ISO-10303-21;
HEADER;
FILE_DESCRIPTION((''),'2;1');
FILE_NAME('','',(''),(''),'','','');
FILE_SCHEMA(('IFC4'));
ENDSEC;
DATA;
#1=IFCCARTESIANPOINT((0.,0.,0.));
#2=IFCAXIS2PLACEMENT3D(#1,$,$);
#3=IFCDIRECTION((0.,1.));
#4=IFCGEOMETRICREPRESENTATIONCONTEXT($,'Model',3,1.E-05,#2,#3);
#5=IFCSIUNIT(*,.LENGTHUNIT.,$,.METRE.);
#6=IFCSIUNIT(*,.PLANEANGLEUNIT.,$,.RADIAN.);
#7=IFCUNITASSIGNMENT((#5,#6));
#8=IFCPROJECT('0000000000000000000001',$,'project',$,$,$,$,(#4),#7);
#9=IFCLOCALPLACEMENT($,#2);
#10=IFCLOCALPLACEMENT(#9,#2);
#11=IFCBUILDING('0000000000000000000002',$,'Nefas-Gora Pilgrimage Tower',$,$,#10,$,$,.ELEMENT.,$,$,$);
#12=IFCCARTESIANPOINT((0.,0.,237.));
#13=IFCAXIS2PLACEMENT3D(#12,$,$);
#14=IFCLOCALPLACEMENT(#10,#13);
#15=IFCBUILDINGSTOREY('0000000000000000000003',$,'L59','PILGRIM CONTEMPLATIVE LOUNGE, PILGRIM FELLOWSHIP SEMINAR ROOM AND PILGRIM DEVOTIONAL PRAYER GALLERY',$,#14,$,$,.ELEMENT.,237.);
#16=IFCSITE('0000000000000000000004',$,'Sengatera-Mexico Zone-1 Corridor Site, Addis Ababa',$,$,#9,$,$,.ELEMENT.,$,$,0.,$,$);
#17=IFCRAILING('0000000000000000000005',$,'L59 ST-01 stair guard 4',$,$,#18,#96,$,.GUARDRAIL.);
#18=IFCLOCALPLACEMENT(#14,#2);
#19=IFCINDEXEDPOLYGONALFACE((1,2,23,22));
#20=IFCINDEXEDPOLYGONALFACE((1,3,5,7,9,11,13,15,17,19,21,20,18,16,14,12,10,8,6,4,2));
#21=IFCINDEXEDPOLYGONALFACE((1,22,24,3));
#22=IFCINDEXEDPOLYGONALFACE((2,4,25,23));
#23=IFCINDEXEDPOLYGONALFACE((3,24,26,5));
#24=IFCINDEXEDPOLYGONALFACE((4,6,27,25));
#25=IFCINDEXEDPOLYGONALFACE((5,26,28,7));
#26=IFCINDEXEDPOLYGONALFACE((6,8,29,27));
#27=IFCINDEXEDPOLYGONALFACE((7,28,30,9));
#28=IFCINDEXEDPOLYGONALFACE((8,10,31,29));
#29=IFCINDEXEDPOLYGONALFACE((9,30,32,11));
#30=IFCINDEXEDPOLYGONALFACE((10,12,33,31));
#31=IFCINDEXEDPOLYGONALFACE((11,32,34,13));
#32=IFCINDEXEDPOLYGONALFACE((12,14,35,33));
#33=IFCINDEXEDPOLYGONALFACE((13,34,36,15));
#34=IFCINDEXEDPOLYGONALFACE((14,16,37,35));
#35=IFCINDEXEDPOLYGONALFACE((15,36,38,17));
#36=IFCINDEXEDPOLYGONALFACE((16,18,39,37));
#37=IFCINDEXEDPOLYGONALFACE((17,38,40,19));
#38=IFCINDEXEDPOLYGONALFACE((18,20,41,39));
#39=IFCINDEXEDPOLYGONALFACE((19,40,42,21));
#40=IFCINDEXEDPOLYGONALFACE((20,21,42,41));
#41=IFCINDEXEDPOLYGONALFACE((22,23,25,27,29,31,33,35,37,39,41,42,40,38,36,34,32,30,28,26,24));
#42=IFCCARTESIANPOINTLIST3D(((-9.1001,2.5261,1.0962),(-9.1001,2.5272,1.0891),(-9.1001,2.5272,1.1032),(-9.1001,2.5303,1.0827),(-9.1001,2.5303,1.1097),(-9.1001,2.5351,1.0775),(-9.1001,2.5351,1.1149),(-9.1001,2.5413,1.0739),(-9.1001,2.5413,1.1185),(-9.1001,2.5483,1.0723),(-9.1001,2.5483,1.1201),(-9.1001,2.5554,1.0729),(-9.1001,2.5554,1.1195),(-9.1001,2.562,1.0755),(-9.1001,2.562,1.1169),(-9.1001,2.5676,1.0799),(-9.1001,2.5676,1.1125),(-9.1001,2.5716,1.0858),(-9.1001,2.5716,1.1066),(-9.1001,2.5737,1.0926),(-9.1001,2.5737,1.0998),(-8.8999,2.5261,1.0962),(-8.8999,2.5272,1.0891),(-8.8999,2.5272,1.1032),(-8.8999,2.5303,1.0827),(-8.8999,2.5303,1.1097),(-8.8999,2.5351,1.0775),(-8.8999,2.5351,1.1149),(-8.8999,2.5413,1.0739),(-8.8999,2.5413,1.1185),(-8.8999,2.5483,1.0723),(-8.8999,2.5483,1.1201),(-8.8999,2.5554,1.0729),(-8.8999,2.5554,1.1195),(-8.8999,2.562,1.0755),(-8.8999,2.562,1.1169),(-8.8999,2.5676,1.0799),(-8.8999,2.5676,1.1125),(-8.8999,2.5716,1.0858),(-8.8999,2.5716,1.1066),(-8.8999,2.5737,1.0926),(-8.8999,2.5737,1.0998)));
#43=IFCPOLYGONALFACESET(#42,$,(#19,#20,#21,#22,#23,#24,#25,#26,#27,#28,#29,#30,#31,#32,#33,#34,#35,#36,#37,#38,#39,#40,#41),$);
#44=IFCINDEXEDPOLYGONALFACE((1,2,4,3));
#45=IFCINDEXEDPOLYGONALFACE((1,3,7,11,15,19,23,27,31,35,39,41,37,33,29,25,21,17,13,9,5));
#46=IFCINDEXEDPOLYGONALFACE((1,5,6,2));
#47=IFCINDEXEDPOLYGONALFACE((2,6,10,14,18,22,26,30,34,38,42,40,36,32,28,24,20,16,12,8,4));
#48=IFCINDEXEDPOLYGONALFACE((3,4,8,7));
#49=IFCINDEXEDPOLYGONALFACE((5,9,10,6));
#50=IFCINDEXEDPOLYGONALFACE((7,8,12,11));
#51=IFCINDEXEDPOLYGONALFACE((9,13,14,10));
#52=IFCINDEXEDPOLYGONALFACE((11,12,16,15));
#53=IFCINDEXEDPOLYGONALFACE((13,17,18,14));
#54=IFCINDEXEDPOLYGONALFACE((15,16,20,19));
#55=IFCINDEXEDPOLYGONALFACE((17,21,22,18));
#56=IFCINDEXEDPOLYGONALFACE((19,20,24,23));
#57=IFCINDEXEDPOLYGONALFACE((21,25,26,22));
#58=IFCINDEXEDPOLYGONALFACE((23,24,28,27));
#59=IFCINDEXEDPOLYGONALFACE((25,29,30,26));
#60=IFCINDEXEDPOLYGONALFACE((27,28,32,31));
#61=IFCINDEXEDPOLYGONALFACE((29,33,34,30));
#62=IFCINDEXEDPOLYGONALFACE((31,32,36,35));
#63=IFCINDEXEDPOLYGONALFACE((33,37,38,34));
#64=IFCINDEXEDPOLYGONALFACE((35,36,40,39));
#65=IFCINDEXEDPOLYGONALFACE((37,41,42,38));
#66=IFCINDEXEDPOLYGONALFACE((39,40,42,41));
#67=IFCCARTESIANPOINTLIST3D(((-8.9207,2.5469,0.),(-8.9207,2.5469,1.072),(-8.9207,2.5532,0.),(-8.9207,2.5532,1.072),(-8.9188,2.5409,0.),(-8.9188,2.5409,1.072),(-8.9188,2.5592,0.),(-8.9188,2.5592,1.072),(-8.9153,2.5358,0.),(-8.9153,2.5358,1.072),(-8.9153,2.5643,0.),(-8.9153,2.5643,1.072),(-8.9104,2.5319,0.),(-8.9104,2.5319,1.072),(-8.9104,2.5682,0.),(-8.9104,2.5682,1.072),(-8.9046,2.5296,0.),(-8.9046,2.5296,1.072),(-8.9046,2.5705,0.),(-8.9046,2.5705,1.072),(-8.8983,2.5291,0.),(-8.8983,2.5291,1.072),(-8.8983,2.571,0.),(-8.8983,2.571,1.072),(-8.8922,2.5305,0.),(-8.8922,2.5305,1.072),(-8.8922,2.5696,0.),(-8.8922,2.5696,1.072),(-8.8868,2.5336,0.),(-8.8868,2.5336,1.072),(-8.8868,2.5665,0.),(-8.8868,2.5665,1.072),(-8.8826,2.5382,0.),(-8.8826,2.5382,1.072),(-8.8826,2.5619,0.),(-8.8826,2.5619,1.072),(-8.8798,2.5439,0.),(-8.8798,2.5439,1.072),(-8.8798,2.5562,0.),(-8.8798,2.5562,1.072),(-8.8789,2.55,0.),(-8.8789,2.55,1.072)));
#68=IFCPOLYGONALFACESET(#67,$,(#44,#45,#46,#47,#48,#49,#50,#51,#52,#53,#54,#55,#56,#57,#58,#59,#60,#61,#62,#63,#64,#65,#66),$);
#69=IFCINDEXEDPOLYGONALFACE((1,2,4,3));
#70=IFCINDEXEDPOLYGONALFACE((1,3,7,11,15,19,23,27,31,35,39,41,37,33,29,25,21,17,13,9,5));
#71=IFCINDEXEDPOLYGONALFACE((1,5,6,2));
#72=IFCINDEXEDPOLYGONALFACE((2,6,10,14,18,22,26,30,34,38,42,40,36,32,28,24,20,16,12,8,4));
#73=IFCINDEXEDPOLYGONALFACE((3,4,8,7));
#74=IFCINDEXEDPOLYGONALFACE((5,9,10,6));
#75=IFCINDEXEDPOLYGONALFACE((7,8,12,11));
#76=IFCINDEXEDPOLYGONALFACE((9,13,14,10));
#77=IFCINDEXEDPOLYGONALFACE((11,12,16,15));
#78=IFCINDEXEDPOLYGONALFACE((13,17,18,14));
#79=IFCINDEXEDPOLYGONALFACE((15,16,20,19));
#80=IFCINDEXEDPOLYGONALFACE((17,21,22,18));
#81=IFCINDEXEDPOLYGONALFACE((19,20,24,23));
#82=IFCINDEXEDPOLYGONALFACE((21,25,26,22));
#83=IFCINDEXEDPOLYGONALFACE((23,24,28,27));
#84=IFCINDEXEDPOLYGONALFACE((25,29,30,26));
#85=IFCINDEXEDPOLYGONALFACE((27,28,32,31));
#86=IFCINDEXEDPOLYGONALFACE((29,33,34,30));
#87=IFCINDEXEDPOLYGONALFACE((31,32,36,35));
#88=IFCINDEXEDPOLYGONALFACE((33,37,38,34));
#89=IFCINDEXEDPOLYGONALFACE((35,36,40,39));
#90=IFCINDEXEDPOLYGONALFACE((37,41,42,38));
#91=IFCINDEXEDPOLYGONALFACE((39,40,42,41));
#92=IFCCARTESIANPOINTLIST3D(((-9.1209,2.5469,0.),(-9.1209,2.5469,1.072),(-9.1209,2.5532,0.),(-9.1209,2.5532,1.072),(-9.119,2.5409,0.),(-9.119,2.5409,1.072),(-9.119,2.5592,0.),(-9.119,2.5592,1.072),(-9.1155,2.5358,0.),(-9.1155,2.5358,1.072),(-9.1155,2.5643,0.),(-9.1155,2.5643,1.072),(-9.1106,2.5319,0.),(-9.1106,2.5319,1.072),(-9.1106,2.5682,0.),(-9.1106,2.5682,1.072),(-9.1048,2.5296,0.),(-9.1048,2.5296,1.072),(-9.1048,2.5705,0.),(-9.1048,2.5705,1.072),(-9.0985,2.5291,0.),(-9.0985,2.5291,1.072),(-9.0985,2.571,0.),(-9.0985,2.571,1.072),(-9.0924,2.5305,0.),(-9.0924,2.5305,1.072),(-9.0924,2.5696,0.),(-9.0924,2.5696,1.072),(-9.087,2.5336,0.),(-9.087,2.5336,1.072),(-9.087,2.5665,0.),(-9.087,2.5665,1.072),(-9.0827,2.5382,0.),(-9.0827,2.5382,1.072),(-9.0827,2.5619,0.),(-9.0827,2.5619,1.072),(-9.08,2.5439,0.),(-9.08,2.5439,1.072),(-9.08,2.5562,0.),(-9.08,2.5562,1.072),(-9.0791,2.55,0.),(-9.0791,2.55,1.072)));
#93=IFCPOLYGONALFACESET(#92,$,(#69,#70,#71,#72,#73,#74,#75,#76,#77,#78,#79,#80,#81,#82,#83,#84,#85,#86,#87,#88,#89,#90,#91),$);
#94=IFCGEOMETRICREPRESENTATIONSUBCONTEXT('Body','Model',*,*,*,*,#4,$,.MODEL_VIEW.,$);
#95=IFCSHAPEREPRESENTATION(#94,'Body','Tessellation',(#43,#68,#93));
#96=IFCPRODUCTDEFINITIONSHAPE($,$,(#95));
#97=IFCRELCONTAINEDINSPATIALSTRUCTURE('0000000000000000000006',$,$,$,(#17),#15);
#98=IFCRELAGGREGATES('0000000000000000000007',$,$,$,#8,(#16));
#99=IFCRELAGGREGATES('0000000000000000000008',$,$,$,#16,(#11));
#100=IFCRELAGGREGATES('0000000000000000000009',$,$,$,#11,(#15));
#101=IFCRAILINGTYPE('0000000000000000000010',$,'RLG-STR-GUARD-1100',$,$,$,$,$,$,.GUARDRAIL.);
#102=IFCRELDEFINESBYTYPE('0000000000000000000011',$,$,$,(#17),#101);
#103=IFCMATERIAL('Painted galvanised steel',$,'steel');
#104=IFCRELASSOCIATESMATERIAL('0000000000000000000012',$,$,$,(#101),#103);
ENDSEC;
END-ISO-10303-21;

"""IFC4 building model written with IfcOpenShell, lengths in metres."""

from ifc_helpers import new_model, si_unit, direction, frame, origin, origin_2d, place, context, subcontext, project, spatial, circle, extrude, material, type_object, element, save


model = new_model("IFC4")

# Units and contexts
model_context = context("Model", 3, precision=1e-05, world=origin(), true_north=direction((0.0, 1.0)))
body_context = subcontext(model_context, "Body", "Model", "MODEL_VIEW")
ifc_project = project(units=[si_unit("LENGTHUNIT", "METRE"), si_unit("PLANEANGLEUNIT", "RADIAN")], contexts=[model_context])

# Site, building, storey
site_placement = place(None, origin())
site = spatial("IfcSite", under=ifc_project, at=site_placement, Name="Sengatera-Mexico Zone-1 Corridor Site, Addis Ababa", CompositionType="ELEMENT", RefElevation=0.0)
building_placement = place(site_placement, origin())
building = spatial("IfcBuilding", under=site, at=building_placement, Name="Nefas-Gora Pilgrimage Tower", CompositionType="ELEMENT")
storey_placement = place(building_placement, frame((0.0, 0.0, 237.0)))
storey = spatial("IfcBuildingStorey", under=building, at=storey_placement, Name="L59", Description="PILGRIM CONTEMPLATIVE LOUNGE, PILGRIM FELLOWSHIP SEMINAR ROOM AND PILGRIM DEVOTIONAL PRAYER GALLERY", CompositionType="ELEMENT", Elevation=237.0)

# Railing
ifc_material_1 = material(Name="Painted galvanised steel", Category="steel")
railing_type_1 = type_object("IfcRailingType", Name="RLG-STR-GUARD-1100", PredefinedType="GUARDRAIL", material=ifc_material_1)
railing_1_placement = place(storey_placement, frame((-8.8999, 2.55, 0.0)))
element("IfcRailing", 1, at=railing_1_placement, inside=storey, type_object=railing_type_1, Name="L59 ST-01 stair guard 4", PredefinedType="GUARDRAIL", context=body_context, shape_type="SweptSolid", body=[
    extrude(circle(Radius=0.0239, at=origin_2d()), frame((0.0, 0.0, 1.0962), z_axis=(-1.0, 0.0, 0.0), x_axis=(0.0, -1.0, 0.0)), (0.0, 0.0, 1.0), 0.2002),
    extrude(circle(Radius=0.021, at=origin_2d()), origin(), (0.0, 0.0, 1.0), 1.072),
    extrude(circle(Radius=0.021, at=origin_2d()), frame((-0.2002, 0.0, 0.0)), (0.0, 0.0, 1.0), 1.072),
])

save(model, "model.ifc")
